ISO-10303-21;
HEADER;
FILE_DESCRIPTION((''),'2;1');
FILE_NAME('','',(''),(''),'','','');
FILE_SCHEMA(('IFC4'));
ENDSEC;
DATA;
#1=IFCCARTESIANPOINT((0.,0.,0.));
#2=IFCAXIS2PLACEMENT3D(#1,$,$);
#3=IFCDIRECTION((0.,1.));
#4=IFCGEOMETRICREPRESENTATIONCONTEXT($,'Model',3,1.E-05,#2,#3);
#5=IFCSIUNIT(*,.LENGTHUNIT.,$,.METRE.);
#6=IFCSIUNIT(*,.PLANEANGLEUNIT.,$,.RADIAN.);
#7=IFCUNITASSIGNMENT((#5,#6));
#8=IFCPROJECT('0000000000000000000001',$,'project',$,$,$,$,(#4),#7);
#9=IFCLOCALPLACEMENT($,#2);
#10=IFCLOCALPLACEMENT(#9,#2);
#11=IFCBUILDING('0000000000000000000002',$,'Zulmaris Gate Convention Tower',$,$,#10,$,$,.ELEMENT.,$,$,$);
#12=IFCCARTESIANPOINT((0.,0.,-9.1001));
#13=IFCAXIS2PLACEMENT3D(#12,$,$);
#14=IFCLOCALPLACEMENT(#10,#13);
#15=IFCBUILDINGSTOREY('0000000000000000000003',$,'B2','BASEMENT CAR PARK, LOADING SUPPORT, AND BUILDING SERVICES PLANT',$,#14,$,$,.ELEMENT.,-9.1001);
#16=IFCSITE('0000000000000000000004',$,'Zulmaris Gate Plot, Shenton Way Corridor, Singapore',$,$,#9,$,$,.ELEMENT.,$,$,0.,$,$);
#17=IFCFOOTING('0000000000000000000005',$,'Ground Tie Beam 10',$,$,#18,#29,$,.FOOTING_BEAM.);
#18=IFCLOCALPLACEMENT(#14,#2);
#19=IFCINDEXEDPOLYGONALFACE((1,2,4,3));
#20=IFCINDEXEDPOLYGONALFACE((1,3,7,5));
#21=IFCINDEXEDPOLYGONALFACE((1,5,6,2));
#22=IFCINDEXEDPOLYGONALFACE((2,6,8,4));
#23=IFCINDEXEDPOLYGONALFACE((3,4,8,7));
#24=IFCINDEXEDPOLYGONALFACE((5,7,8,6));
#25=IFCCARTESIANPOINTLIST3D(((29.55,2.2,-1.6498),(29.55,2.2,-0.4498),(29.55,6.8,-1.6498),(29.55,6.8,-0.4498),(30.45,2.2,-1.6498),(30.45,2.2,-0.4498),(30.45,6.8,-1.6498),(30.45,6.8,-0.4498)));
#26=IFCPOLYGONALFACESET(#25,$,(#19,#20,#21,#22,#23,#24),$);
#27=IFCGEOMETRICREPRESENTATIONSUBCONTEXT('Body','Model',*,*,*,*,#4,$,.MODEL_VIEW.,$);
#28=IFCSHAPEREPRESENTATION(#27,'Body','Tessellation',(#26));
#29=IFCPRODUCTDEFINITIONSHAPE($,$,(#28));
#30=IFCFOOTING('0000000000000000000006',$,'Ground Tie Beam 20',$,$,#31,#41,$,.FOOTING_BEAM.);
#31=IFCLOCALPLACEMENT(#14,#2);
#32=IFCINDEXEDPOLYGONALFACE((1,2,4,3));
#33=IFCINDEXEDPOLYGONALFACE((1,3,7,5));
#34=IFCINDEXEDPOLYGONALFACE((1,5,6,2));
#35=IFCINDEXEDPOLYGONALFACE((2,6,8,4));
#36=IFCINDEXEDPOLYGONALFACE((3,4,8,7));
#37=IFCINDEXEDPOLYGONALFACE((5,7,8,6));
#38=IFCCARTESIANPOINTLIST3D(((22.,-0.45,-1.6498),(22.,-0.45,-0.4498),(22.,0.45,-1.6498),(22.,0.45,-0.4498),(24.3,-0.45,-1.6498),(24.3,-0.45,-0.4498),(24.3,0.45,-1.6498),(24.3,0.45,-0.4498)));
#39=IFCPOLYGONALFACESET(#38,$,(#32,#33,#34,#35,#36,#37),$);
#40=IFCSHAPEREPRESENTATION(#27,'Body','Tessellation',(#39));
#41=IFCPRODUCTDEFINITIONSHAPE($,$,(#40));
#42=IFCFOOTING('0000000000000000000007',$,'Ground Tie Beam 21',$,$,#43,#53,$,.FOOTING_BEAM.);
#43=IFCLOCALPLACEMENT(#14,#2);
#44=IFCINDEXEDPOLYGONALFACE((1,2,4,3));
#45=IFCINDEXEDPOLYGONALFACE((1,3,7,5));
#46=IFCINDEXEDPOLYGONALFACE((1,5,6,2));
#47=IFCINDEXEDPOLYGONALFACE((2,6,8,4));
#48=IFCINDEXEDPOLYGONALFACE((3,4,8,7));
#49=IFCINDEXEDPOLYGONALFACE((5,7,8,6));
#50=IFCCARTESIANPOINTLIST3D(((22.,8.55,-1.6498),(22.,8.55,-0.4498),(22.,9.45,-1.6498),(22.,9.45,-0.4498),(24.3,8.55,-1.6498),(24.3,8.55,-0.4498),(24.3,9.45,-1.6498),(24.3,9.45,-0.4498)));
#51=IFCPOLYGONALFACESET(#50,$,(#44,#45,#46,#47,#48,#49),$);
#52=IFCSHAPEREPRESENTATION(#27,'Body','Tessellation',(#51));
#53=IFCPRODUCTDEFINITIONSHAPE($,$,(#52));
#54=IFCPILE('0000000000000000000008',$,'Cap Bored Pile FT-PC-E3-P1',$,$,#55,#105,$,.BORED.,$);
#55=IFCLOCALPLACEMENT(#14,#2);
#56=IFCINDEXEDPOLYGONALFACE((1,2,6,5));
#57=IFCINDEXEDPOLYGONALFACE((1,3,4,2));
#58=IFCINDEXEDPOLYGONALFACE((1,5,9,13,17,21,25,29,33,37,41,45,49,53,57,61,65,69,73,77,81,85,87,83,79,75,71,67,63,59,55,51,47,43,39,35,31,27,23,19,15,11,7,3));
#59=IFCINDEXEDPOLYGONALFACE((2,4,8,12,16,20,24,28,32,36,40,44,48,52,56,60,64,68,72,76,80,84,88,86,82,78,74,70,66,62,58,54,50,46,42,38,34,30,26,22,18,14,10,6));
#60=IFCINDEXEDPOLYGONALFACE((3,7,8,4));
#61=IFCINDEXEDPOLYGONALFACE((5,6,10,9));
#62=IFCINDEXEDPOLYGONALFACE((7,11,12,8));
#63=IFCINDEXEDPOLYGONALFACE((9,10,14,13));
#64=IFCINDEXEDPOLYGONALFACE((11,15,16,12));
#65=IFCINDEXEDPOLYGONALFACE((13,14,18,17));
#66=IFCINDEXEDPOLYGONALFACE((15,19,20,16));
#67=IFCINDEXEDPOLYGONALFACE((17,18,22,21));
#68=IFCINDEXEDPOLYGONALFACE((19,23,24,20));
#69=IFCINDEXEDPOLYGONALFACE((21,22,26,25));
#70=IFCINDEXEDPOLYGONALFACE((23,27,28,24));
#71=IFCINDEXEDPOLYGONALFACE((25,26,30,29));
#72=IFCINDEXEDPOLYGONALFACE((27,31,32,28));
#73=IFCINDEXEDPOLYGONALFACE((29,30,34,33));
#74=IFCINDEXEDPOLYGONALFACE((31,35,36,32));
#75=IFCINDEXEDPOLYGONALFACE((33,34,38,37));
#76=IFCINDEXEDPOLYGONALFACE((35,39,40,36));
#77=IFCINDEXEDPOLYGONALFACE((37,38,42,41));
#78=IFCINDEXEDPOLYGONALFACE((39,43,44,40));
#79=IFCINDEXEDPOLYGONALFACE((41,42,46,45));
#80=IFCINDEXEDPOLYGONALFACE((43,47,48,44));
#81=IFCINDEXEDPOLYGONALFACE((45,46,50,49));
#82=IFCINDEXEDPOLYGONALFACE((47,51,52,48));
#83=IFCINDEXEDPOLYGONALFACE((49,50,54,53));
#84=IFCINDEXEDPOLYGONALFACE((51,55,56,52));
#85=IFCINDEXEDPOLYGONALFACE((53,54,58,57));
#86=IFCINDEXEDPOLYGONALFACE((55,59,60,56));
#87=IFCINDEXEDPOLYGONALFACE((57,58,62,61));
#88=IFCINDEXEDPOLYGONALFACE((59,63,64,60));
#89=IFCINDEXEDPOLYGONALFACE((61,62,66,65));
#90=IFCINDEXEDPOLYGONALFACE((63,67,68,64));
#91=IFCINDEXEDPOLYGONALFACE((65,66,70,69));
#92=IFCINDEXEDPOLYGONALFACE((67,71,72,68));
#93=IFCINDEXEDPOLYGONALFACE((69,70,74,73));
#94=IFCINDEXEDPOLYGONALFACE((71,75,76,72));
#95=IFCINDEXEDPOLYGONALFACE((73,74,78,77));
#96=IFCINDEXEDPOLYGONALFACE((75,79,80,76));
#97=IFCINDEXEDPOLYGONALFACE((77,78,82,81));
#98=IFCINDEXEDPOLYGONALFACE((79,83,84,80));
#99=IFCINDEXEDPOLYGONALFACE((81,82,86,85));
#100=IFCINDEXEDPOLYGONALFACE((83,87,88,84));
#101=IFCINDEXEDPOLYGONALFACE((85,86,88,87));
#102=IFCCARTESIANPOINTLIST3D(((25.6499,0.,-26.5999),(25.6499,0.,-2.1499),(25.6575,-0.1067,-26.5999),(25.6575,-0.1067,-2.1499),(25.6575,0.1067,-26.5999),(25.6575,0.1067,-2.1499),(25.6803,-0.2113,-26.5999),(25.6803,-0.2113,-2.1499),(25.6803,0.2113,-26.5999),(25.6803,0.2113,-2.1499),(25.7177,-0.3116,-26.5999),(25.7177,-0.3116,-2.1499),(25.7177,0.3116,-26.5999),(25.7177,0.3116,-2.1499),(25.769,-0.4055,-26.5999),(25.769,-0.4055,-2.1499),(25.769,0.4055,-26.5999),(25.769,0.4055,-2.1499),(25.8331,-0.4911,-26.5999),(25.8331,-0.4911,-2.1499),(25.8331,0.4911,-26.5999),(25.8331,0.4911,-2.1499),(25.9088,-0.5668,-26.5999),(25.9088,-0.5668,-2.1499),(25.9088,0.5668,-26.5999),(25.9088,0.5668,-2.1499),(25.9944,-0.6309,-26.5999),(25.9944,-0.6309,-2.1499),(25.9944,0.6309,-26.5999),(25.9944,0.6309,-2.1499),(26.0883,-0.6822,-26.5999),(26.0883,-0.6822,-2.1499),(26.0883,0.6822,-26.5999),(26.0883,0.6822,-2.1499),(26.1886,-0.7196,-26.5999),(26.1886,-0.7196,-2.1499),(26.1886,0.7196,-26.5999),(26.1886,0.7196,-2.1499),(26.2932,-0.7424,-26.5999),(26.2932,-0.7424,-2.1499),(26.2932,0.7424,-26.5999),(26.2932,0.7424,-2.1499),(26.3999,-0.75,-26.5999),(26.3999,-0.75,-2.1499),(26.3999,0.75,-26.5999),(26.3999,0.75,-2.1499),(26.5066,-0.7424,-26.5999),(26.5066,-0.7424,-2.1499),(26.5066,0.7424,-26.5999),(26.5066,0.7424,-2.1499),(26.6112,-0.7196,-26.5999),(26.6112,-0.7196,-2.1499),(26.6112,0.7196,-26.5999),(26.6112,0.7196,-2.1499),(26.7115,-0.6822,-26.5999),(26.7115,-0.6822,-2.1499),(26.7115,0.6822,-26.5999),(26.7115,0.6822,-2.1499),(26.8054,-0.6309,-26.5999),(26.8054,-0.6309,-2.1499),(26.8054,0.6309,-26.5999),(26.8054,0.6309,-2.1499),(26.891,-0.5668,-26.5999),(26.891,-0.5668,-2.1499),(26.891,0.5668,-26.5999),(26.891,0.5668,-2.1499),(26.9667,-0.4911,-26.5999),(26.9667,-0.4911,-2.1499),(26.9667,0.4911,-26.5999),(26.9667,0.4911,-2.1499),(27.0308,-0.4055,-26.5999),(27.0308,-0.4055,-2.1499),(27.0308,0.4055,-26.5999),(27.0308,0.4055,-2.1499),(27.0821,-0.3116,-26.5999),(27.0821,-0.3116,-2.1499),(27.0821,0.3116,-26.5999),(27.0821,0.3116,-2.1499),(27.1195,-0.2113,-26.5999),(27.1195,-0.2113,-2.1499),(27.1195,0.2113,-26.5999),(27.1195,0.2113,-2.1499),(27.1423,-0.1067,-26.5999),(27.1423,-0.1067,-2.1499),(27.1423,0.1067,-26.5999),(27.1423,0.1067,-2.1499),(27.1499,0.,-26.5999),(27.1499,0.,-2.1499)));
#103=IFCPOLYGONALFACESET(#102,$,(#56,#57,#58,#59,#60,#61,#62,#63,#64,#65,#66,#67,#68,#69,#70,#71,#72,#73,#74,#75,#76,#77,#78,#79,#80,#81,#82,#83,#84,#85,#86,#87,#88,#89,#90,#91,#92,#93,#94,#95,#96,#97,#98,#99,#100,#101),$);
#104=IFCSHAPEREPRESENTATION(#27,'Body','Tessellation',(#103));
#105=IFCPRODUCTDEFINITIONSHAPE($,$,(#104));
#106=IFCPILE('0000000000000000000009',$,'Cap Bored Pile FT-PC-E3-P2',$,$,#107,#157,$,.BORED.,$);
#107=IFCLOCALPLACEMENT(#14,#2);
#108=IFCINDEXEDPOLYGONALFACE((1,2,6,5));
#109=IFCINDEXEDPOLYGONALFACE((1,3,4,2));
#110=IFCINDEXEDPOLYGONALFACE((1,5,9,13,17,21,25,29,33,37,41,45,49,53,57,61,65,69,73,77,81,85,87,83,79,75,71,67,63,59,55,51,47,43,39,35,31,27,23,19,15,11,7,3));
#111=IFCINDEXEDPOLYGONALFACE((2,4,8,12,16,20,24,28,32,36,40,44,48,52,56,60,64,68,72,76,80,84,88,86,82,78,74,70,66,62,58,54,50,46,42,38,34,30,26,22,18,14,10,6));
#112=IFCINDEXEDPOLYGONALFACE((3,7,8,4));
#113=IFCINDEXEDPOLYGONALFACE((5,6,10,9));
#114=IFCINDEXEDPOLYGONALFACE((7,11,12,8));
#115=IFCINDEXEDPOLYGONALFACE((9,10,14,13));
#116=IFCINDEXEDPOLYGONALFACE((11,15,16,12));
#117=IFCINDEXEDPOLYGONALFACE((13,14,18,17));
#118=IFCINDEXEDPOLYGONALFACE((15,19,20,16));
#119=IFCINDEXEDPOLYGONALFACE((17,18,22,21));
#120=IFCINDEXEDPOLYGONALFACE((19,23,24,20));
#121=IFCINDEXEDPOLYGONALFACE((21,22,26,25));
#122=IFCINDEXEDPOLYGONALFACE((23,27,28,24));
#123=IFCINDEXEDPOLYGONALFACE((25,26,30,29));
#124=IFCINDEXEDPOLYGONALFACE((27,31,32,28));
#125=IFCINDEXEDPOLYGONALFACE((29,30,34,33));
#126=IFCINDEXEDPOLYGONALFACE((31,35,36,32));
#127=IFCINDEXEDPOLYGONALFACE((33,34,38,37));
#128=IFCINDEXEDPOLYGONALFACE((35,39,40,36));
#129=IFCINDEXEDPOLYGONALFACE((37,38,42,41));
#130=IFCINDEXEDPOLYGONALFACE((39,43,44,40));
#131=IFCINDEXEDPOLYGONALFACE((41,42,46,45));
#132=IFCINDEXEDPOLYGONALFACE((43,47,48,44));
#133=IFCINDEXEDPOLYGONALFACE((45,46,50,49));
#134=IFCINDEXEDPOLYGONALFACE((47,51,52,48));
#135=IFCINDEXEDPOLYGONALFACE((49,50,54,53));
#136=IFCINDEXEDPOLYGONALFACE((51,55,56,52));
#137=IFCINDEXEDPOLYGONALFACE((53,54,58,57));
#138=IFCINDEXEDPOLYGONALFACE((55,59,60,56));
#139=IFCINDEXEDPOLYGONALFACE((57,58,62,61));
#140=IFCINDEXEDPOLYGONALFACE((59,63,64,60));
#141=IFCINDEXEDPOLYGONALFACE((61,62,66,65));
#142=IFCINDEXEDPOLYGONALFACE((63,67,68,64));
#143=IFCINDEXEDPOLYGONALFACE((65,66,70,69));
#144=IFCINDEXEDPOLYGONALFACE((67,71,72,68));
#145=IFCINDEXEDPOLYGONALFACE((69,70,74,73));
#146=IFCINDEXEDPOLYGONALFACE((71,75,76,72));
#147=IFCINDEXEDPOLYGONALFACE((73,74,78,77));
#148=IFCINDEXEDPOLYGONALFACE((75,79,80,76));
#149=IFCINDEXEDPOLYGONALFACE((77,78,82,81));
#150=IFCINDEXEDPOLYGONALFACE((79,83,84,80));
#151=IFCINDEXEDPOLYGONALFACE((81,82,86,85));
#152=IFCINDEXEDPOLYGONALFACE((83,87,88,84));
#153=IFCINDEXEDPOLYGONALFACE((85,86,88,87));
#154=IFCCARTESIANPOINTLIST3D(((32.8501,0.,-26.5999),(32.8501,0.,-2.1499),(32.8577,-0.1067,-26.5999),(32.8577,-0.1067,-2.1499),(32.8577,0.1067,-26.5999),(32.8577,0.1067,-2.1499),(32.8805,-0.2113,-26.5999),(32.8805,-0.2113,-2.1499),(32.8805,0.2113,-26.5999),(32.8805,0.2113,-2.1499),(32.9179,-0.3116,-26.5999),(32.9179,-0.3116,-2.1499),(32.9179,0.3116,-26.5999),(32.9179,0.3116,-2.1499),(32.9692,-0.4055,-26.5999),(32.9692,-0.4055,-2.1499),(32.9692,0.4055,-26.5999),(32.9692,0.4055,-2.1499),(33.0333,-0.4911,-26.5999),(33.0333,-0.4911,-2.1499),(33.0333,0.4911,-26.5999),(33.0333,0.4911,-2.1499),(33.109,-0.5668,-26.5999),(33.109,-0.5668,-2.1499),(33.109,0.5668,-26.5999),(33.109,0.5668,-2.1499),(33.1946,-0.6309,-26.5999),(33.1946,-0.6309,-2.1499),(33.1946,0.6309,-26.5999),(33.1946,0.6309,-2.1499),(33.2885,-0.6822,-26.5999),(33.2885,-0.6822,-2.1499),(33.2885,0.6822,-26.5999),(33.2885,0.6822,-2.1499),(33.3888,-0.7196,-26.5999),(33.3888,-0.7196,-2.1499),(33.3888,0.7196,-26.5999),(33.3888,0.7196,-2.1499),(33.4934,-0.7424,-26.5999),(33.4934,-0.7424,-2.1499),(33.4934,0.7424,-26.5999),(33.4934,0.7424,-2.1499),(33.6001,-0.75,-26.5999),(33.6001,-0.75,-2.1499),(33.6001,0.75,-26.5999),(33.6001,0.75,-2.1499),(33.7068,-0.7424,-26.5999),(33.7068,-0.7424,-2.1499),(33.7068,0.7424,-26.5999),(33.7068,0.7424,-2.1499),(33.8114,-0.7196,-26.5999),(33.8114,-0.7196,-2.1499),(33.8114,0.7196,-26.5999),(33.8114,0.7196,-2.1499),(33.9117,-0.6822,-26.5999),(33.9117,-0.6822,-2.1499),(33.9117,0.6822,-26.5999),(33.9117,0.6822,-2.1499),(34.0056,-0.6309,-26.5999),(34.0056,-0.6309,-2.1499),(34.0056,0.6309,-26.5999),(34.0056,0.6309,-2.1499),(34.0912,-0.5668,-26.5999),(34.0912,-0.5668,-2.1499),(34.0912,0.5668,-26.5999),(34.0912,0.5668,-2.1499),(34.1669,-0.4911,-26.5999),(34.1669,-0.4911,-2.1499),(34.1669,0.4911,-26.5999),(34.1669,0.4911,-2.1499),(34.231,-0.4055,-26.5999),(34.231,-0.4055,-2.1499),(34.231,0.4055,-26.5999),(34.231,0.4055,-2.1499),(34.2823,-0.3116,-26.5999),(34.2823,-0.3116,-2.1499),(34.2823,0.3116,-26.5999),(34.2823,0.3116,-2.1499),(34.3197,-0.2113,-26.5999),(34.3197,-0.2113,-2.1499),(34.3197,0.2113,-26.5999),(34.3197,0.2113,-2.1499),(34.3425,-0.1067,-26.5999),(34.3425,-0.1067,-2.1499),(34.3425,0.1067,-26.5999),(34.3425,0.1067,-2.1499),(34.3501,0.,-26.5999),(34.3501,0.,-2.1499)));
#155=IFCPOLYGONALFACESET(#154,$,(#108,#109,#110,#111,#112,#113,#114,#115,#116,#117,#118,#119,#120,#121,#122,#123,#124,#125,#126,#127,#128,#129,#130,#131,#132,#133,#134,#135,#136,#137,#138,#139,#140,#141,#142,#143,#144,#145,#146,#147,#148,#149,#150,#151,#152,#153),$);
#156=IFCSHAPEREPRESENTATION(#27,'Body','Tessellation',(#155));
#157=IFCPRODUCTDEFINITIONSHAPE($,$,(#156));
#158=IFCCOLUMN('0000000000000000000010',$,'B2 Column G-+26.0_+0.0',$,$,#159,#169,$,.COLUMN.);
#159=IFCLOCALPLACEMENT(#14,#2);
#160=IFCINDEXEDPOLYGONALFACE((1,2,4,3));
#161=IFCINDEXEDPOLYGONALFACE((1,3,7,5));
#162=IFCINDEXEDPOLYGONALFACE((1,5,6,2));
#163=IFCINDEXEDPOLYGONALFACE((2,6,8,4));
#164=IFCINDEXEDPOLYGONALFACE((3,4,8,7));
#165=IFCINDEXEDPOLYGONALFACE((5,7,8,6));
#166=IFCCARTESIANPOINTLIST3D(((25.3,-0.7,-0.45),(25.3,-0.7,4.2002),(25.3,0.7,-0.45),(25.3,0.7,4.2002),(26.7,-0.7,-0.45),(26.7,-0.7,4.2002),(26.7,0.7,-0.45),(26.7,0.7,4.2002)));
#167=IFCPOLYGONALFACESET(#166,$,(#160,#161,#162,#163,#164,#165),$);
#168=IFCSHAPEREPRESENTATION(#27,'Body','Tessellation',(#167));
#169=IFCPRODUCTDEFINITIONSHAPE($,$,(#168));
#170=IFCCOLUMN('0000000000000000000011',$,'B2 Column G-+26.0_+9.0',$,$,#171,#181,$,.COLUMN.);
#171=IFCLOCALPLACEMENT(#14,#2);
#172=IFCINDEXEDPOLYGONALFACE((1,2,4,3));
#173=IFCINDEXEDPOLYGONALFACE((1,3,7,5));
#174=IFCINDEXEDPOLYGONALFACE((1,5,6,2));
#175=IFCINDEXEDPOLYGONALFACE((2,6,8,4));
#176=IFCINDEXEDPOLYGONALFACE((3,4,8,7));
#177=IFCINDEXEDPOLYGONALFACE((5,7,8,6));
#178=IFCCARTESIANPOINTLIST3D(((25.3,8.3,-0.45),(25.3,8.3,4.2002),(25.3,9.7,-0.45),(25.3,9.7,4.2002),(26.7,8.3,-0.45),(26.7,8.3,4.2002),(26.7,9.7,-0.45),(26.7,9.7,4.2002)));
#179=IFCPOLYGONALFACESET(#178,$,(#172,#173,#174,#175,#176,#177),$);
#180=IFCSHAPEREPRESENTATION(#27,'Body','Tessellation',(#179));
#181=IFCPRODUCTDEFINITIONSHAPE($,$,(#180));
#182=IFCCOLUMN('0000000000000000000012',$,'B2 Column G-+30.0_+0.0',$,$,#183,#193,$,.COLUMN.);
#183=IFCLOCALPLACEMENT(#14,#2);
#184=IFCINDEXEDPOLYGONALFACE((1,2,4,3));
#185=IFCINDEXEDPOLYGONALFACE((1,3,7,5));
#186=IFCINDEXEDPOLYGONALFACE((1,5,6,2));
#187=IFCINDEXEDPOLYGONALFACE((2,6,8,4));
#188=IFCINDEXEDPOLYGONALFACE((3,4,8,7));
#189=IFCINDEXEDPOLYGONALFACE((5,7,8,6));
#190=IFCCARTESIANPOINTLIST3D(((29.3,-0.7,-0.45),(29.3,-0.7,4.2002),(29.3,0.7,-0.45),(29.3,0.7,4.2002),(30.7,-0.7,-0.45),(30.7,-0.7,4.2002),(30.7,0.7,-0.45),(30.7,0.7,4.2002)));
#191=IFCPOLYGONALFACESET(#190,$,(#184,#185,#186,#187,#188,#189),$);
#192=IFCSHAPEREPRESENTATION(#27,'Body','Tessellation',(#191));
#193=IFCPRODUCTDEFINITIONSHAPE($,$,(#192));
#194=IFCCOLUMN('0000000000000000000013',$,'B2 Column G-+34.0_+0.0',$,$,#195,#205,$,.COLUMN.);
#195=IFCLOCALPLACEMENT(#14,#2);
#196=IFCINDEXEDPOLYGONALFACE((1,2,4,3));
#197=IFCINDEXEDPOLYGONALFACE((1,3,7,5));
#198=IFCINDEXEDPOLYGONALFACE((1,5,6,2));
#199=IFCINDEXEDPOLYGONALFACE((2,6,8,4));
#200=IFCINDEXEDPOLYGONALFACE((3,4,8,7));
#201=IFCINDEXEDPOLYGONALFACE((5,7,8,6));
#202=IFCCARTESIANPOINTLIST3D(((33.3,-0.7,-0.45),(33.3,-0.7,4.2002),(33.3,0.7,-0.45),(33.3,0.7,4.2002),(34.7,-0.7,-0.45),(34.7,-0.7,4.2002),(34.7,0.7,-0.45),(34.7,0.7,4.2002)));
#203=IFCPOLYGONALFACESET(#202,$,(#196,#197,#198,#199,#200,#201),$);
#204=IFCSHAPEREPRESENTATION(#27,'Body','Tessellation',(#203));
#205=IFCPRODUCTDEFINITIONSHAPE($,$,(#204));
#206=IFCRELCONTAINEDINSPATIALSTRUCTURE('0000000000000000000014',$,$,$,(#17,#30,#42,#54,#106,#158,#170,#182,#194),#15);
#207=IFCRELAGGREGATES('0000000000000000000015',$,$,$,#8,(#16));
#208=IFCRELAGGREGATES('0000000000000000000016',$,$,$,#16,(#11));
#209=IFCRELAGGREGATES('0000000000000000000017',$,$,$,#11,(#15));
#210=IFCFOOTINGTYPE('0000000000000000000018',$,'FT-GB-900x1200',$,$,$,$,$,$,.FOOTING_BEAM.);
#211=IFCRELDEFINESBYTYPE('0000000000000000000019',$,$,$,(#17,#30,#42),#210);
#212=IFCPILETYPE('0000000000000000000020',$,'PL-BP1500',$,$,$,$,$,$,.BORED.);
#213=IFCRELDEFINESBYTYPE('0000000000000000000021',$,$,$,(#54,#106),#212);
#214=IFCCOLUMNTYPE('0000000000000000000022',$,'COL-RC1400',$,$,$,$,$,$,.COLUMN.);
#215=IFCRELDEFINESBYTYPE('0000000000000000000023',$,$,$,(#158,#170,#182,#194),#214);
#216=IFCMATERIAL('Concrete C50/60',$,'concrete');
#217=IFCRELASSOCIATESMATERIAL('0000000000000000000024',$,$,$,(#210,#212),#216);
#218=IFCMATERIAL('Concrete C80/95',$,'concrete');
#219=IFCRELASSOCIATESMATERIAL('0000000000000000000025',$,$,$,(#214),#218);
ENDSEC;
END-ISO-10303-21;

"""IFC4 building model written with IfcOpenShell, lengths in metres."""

from ifc_helpers import new_model, si_unit, direction, frame, origin, origin_2d, place, context, subcontext, project, spatial, rectangle, circle, extrude, material, material_profile, profile_set, type_object, element, save


model = new_model("IFC4")

# Units and contexts
model_context = context("Model", 3, precision=1e-05, world=origin(), true_north=direction((0.0, 1.0)))
body_context = subcontext(model_context, "Body", "Model", "MODEL_VIEW")
ifc_project = project(units=[si_unit("LENGTHUNIT", "METRE"), si_unit("PLANEANGLEUNIT", "RADIAN")], contexts=[model_context])

# Site, building, storey
site_placement = place(None, origin())
site = spatial("IfcSite", under=ifc_project, at=site_placement, Name="Zulmaris Gate Plot, Shenton Way Corridor, Singapore", CompositionType="ELEMENT", RefElevation=0.0)
building_placement = place(site_placement, origin())
building = spatial("IfcBuilding", under=site, at=building_placement, Name="Zulmaris Gate Convention Tower", CompositionType="ELEMENT")
storey_placement = place(building_placement, frame((0.0, 0.0, -9.1001)))
storey = spatial("IfcBuildingStorey", under=building, at=storey_placement, Name="B2", Description="BASEMENT CAR PARK, LOADING SUPPORT, AND BUILDING SERVICES PLANT", CompositionType="ELEMENT", Elevation=-9.1001)

# Footings
ifc_material_1 = material(Name="Concrete C50/60", Category="concrete")
ifc_material_profile_1 = material_profile(ifc_material_1, rectangle(XDim=0.8999, YDim=1.2, at=origin_2d()), Name="RC TIE 900x1200")
ifc_profile_set_1 = profile_set([ifc_material_profile_1], Name="Concrete C50/60")
footing_type = type_object("IfcFootingType", Name="FT-GB-900x1200", PredefinedType="FOOTING_BEAM", material=ifc_profile_set_1)
footing_placement = place(storey_placement, frame((30.0, 2.2, -1.0498), z_axis=(0.0, 1.0, 0.0), x_axis=(-1.0, 0.0, 0.0)))
element("IfcFooting", 1, at=footing_placement, inside=storey, type_object=footing_type, Name="Ground Tie Beam 10", PredefinedType="FOOTING_BEAM", context=body_context, shape_type="SweptSolid", body=[
    extrude(rectangle(XDim=0.8999, YDim=1.2, at=origin_2d()), origin(), (0.0, 0.0, 1.0), 4.6001),
])
for number, where, z_axis, x_axis, name in (
    (2, (22.0, 0.0, -1.0498), (1.0, 0.0, 0.0), (0.0, 1.0, 0.0), "Ground Tie Beam 20"),
    (3, (22.0, 9.0, -1.0498), (1.0, 0.0, 0.0), (0.0, 1.0, 0.0), "Ground Tie Beam 21"),
):
    element("IfcFooting", number, at=place(storey_placement, frame(where, z_axis=z_axis, x_axis=x_axis)), inside=storey, type_object=footing_type, Name=name, PredefinedType="FOOTING_BEAM", context=body_context, shape_type="SweptSolid", body=[
        extrude(rectangle(XDim=0.8999, YDim=1.2, at=origin_2d()), origin(), (0.0, 0.0, 1.0), 2.3),
    ])

# Piles
ifc_material_profile_2 = material_profile(ifc_material_1, circle(Radius=0.75, at=origin_2d()), Name="BORED PILE 1500")
ifc_profile_set_2 = profile_set([ifc_material_profile_2], Name="Concrete C50/60")
pile_type = type_object("IfcPileType", Name="PL-BP1500", PredefinedType="BORED", material=ifc_profile_set_2)
for number, where, z_axis, x_axis, name in (
    (4, (26.3999, 0.0, -2.1499), (0.0, 0.0, -1.0), (1.0, 0.0, 0.0), "Cap Bored Pile FT-PC-E3-P1"),
    (5, (33.6001, 0.0, -2.1499), (0.0, 0.0, -1.0), (1.0, 0.0, 0.0), "Cap Bored Pile FT-PC-E3-P2"),
):
    element("IfcPile", number, at=place(storey_placement, frame(where, z_axis=z_axis, x_axis=x_axis)), inside=storey, type_object=pile_type, Name=name, PredefinedType="BORED", context=body_context, shape_type="SweptSolid", body=[
        extrude(circle(Radius=0.75, at=origin_2d()), origin(), (0.0, 0.0, 1.0), 24.45),
    ])

# Columns
ifc_material_2 = material(Name="Concrete C80/95", Category="concrete")
ifc_material_profile_3 = material_profile(ifc_material_2, rectangle(XDim=1.3999, YDim=1.3999, at=origin_2d()), Name="RC COL 1400x1400")
ifc_profile_set_3 = profile_set([ifc_material_profile_3], Name="Concrete C80/95")
column_type = type_object("IfcColumnType", Name="COL-RC1400", PredefinedType="COLUMN", material=ifc_profile_set_3)
for number, where, z_axis, x_axis, name in (
    (6, (26.0, 0.0, -0.45), (0.0, 0.0, 1.0), (1.0, 0.0, 0.0), "B2 Column G-+26.0_+0.0"),
    (7, (26.0, 9.0, -0.45), (0.0, 0.0, 1.0), (1.0, 0.0, 0.0), "B2 Column G-+26.0_+9.0"),
    (8, (30.0, 0.0, -0.45), (0.0, 0.0, 1.0), (1.0, 0.0, 0.0), "B2 Column G-+30.0_+0.0"),
    (9, (34.0, 0.0, -0.45), (0.0, 0.0, 1.0), (1.0, 0.0, 0.0), "B2 Column G-+34.0_+0.0"),
):
    element("IfcColumn", number, at=place(storey_placement, frame(where, z_axis=z_axis, x_axis=x_axis)), inside=storey, type_object=column_type, Name=name, PredefinedType="COLUMN", context=body_context, shape_type="SweptSolid", body=[
        extrude(rectangle(XDim=1.3999, YDim=1.3999, at=origin_2d()), origin(), (0.0, 0.0, 1.0), 4.6501),
    ])

save(model, "model.ifc")
